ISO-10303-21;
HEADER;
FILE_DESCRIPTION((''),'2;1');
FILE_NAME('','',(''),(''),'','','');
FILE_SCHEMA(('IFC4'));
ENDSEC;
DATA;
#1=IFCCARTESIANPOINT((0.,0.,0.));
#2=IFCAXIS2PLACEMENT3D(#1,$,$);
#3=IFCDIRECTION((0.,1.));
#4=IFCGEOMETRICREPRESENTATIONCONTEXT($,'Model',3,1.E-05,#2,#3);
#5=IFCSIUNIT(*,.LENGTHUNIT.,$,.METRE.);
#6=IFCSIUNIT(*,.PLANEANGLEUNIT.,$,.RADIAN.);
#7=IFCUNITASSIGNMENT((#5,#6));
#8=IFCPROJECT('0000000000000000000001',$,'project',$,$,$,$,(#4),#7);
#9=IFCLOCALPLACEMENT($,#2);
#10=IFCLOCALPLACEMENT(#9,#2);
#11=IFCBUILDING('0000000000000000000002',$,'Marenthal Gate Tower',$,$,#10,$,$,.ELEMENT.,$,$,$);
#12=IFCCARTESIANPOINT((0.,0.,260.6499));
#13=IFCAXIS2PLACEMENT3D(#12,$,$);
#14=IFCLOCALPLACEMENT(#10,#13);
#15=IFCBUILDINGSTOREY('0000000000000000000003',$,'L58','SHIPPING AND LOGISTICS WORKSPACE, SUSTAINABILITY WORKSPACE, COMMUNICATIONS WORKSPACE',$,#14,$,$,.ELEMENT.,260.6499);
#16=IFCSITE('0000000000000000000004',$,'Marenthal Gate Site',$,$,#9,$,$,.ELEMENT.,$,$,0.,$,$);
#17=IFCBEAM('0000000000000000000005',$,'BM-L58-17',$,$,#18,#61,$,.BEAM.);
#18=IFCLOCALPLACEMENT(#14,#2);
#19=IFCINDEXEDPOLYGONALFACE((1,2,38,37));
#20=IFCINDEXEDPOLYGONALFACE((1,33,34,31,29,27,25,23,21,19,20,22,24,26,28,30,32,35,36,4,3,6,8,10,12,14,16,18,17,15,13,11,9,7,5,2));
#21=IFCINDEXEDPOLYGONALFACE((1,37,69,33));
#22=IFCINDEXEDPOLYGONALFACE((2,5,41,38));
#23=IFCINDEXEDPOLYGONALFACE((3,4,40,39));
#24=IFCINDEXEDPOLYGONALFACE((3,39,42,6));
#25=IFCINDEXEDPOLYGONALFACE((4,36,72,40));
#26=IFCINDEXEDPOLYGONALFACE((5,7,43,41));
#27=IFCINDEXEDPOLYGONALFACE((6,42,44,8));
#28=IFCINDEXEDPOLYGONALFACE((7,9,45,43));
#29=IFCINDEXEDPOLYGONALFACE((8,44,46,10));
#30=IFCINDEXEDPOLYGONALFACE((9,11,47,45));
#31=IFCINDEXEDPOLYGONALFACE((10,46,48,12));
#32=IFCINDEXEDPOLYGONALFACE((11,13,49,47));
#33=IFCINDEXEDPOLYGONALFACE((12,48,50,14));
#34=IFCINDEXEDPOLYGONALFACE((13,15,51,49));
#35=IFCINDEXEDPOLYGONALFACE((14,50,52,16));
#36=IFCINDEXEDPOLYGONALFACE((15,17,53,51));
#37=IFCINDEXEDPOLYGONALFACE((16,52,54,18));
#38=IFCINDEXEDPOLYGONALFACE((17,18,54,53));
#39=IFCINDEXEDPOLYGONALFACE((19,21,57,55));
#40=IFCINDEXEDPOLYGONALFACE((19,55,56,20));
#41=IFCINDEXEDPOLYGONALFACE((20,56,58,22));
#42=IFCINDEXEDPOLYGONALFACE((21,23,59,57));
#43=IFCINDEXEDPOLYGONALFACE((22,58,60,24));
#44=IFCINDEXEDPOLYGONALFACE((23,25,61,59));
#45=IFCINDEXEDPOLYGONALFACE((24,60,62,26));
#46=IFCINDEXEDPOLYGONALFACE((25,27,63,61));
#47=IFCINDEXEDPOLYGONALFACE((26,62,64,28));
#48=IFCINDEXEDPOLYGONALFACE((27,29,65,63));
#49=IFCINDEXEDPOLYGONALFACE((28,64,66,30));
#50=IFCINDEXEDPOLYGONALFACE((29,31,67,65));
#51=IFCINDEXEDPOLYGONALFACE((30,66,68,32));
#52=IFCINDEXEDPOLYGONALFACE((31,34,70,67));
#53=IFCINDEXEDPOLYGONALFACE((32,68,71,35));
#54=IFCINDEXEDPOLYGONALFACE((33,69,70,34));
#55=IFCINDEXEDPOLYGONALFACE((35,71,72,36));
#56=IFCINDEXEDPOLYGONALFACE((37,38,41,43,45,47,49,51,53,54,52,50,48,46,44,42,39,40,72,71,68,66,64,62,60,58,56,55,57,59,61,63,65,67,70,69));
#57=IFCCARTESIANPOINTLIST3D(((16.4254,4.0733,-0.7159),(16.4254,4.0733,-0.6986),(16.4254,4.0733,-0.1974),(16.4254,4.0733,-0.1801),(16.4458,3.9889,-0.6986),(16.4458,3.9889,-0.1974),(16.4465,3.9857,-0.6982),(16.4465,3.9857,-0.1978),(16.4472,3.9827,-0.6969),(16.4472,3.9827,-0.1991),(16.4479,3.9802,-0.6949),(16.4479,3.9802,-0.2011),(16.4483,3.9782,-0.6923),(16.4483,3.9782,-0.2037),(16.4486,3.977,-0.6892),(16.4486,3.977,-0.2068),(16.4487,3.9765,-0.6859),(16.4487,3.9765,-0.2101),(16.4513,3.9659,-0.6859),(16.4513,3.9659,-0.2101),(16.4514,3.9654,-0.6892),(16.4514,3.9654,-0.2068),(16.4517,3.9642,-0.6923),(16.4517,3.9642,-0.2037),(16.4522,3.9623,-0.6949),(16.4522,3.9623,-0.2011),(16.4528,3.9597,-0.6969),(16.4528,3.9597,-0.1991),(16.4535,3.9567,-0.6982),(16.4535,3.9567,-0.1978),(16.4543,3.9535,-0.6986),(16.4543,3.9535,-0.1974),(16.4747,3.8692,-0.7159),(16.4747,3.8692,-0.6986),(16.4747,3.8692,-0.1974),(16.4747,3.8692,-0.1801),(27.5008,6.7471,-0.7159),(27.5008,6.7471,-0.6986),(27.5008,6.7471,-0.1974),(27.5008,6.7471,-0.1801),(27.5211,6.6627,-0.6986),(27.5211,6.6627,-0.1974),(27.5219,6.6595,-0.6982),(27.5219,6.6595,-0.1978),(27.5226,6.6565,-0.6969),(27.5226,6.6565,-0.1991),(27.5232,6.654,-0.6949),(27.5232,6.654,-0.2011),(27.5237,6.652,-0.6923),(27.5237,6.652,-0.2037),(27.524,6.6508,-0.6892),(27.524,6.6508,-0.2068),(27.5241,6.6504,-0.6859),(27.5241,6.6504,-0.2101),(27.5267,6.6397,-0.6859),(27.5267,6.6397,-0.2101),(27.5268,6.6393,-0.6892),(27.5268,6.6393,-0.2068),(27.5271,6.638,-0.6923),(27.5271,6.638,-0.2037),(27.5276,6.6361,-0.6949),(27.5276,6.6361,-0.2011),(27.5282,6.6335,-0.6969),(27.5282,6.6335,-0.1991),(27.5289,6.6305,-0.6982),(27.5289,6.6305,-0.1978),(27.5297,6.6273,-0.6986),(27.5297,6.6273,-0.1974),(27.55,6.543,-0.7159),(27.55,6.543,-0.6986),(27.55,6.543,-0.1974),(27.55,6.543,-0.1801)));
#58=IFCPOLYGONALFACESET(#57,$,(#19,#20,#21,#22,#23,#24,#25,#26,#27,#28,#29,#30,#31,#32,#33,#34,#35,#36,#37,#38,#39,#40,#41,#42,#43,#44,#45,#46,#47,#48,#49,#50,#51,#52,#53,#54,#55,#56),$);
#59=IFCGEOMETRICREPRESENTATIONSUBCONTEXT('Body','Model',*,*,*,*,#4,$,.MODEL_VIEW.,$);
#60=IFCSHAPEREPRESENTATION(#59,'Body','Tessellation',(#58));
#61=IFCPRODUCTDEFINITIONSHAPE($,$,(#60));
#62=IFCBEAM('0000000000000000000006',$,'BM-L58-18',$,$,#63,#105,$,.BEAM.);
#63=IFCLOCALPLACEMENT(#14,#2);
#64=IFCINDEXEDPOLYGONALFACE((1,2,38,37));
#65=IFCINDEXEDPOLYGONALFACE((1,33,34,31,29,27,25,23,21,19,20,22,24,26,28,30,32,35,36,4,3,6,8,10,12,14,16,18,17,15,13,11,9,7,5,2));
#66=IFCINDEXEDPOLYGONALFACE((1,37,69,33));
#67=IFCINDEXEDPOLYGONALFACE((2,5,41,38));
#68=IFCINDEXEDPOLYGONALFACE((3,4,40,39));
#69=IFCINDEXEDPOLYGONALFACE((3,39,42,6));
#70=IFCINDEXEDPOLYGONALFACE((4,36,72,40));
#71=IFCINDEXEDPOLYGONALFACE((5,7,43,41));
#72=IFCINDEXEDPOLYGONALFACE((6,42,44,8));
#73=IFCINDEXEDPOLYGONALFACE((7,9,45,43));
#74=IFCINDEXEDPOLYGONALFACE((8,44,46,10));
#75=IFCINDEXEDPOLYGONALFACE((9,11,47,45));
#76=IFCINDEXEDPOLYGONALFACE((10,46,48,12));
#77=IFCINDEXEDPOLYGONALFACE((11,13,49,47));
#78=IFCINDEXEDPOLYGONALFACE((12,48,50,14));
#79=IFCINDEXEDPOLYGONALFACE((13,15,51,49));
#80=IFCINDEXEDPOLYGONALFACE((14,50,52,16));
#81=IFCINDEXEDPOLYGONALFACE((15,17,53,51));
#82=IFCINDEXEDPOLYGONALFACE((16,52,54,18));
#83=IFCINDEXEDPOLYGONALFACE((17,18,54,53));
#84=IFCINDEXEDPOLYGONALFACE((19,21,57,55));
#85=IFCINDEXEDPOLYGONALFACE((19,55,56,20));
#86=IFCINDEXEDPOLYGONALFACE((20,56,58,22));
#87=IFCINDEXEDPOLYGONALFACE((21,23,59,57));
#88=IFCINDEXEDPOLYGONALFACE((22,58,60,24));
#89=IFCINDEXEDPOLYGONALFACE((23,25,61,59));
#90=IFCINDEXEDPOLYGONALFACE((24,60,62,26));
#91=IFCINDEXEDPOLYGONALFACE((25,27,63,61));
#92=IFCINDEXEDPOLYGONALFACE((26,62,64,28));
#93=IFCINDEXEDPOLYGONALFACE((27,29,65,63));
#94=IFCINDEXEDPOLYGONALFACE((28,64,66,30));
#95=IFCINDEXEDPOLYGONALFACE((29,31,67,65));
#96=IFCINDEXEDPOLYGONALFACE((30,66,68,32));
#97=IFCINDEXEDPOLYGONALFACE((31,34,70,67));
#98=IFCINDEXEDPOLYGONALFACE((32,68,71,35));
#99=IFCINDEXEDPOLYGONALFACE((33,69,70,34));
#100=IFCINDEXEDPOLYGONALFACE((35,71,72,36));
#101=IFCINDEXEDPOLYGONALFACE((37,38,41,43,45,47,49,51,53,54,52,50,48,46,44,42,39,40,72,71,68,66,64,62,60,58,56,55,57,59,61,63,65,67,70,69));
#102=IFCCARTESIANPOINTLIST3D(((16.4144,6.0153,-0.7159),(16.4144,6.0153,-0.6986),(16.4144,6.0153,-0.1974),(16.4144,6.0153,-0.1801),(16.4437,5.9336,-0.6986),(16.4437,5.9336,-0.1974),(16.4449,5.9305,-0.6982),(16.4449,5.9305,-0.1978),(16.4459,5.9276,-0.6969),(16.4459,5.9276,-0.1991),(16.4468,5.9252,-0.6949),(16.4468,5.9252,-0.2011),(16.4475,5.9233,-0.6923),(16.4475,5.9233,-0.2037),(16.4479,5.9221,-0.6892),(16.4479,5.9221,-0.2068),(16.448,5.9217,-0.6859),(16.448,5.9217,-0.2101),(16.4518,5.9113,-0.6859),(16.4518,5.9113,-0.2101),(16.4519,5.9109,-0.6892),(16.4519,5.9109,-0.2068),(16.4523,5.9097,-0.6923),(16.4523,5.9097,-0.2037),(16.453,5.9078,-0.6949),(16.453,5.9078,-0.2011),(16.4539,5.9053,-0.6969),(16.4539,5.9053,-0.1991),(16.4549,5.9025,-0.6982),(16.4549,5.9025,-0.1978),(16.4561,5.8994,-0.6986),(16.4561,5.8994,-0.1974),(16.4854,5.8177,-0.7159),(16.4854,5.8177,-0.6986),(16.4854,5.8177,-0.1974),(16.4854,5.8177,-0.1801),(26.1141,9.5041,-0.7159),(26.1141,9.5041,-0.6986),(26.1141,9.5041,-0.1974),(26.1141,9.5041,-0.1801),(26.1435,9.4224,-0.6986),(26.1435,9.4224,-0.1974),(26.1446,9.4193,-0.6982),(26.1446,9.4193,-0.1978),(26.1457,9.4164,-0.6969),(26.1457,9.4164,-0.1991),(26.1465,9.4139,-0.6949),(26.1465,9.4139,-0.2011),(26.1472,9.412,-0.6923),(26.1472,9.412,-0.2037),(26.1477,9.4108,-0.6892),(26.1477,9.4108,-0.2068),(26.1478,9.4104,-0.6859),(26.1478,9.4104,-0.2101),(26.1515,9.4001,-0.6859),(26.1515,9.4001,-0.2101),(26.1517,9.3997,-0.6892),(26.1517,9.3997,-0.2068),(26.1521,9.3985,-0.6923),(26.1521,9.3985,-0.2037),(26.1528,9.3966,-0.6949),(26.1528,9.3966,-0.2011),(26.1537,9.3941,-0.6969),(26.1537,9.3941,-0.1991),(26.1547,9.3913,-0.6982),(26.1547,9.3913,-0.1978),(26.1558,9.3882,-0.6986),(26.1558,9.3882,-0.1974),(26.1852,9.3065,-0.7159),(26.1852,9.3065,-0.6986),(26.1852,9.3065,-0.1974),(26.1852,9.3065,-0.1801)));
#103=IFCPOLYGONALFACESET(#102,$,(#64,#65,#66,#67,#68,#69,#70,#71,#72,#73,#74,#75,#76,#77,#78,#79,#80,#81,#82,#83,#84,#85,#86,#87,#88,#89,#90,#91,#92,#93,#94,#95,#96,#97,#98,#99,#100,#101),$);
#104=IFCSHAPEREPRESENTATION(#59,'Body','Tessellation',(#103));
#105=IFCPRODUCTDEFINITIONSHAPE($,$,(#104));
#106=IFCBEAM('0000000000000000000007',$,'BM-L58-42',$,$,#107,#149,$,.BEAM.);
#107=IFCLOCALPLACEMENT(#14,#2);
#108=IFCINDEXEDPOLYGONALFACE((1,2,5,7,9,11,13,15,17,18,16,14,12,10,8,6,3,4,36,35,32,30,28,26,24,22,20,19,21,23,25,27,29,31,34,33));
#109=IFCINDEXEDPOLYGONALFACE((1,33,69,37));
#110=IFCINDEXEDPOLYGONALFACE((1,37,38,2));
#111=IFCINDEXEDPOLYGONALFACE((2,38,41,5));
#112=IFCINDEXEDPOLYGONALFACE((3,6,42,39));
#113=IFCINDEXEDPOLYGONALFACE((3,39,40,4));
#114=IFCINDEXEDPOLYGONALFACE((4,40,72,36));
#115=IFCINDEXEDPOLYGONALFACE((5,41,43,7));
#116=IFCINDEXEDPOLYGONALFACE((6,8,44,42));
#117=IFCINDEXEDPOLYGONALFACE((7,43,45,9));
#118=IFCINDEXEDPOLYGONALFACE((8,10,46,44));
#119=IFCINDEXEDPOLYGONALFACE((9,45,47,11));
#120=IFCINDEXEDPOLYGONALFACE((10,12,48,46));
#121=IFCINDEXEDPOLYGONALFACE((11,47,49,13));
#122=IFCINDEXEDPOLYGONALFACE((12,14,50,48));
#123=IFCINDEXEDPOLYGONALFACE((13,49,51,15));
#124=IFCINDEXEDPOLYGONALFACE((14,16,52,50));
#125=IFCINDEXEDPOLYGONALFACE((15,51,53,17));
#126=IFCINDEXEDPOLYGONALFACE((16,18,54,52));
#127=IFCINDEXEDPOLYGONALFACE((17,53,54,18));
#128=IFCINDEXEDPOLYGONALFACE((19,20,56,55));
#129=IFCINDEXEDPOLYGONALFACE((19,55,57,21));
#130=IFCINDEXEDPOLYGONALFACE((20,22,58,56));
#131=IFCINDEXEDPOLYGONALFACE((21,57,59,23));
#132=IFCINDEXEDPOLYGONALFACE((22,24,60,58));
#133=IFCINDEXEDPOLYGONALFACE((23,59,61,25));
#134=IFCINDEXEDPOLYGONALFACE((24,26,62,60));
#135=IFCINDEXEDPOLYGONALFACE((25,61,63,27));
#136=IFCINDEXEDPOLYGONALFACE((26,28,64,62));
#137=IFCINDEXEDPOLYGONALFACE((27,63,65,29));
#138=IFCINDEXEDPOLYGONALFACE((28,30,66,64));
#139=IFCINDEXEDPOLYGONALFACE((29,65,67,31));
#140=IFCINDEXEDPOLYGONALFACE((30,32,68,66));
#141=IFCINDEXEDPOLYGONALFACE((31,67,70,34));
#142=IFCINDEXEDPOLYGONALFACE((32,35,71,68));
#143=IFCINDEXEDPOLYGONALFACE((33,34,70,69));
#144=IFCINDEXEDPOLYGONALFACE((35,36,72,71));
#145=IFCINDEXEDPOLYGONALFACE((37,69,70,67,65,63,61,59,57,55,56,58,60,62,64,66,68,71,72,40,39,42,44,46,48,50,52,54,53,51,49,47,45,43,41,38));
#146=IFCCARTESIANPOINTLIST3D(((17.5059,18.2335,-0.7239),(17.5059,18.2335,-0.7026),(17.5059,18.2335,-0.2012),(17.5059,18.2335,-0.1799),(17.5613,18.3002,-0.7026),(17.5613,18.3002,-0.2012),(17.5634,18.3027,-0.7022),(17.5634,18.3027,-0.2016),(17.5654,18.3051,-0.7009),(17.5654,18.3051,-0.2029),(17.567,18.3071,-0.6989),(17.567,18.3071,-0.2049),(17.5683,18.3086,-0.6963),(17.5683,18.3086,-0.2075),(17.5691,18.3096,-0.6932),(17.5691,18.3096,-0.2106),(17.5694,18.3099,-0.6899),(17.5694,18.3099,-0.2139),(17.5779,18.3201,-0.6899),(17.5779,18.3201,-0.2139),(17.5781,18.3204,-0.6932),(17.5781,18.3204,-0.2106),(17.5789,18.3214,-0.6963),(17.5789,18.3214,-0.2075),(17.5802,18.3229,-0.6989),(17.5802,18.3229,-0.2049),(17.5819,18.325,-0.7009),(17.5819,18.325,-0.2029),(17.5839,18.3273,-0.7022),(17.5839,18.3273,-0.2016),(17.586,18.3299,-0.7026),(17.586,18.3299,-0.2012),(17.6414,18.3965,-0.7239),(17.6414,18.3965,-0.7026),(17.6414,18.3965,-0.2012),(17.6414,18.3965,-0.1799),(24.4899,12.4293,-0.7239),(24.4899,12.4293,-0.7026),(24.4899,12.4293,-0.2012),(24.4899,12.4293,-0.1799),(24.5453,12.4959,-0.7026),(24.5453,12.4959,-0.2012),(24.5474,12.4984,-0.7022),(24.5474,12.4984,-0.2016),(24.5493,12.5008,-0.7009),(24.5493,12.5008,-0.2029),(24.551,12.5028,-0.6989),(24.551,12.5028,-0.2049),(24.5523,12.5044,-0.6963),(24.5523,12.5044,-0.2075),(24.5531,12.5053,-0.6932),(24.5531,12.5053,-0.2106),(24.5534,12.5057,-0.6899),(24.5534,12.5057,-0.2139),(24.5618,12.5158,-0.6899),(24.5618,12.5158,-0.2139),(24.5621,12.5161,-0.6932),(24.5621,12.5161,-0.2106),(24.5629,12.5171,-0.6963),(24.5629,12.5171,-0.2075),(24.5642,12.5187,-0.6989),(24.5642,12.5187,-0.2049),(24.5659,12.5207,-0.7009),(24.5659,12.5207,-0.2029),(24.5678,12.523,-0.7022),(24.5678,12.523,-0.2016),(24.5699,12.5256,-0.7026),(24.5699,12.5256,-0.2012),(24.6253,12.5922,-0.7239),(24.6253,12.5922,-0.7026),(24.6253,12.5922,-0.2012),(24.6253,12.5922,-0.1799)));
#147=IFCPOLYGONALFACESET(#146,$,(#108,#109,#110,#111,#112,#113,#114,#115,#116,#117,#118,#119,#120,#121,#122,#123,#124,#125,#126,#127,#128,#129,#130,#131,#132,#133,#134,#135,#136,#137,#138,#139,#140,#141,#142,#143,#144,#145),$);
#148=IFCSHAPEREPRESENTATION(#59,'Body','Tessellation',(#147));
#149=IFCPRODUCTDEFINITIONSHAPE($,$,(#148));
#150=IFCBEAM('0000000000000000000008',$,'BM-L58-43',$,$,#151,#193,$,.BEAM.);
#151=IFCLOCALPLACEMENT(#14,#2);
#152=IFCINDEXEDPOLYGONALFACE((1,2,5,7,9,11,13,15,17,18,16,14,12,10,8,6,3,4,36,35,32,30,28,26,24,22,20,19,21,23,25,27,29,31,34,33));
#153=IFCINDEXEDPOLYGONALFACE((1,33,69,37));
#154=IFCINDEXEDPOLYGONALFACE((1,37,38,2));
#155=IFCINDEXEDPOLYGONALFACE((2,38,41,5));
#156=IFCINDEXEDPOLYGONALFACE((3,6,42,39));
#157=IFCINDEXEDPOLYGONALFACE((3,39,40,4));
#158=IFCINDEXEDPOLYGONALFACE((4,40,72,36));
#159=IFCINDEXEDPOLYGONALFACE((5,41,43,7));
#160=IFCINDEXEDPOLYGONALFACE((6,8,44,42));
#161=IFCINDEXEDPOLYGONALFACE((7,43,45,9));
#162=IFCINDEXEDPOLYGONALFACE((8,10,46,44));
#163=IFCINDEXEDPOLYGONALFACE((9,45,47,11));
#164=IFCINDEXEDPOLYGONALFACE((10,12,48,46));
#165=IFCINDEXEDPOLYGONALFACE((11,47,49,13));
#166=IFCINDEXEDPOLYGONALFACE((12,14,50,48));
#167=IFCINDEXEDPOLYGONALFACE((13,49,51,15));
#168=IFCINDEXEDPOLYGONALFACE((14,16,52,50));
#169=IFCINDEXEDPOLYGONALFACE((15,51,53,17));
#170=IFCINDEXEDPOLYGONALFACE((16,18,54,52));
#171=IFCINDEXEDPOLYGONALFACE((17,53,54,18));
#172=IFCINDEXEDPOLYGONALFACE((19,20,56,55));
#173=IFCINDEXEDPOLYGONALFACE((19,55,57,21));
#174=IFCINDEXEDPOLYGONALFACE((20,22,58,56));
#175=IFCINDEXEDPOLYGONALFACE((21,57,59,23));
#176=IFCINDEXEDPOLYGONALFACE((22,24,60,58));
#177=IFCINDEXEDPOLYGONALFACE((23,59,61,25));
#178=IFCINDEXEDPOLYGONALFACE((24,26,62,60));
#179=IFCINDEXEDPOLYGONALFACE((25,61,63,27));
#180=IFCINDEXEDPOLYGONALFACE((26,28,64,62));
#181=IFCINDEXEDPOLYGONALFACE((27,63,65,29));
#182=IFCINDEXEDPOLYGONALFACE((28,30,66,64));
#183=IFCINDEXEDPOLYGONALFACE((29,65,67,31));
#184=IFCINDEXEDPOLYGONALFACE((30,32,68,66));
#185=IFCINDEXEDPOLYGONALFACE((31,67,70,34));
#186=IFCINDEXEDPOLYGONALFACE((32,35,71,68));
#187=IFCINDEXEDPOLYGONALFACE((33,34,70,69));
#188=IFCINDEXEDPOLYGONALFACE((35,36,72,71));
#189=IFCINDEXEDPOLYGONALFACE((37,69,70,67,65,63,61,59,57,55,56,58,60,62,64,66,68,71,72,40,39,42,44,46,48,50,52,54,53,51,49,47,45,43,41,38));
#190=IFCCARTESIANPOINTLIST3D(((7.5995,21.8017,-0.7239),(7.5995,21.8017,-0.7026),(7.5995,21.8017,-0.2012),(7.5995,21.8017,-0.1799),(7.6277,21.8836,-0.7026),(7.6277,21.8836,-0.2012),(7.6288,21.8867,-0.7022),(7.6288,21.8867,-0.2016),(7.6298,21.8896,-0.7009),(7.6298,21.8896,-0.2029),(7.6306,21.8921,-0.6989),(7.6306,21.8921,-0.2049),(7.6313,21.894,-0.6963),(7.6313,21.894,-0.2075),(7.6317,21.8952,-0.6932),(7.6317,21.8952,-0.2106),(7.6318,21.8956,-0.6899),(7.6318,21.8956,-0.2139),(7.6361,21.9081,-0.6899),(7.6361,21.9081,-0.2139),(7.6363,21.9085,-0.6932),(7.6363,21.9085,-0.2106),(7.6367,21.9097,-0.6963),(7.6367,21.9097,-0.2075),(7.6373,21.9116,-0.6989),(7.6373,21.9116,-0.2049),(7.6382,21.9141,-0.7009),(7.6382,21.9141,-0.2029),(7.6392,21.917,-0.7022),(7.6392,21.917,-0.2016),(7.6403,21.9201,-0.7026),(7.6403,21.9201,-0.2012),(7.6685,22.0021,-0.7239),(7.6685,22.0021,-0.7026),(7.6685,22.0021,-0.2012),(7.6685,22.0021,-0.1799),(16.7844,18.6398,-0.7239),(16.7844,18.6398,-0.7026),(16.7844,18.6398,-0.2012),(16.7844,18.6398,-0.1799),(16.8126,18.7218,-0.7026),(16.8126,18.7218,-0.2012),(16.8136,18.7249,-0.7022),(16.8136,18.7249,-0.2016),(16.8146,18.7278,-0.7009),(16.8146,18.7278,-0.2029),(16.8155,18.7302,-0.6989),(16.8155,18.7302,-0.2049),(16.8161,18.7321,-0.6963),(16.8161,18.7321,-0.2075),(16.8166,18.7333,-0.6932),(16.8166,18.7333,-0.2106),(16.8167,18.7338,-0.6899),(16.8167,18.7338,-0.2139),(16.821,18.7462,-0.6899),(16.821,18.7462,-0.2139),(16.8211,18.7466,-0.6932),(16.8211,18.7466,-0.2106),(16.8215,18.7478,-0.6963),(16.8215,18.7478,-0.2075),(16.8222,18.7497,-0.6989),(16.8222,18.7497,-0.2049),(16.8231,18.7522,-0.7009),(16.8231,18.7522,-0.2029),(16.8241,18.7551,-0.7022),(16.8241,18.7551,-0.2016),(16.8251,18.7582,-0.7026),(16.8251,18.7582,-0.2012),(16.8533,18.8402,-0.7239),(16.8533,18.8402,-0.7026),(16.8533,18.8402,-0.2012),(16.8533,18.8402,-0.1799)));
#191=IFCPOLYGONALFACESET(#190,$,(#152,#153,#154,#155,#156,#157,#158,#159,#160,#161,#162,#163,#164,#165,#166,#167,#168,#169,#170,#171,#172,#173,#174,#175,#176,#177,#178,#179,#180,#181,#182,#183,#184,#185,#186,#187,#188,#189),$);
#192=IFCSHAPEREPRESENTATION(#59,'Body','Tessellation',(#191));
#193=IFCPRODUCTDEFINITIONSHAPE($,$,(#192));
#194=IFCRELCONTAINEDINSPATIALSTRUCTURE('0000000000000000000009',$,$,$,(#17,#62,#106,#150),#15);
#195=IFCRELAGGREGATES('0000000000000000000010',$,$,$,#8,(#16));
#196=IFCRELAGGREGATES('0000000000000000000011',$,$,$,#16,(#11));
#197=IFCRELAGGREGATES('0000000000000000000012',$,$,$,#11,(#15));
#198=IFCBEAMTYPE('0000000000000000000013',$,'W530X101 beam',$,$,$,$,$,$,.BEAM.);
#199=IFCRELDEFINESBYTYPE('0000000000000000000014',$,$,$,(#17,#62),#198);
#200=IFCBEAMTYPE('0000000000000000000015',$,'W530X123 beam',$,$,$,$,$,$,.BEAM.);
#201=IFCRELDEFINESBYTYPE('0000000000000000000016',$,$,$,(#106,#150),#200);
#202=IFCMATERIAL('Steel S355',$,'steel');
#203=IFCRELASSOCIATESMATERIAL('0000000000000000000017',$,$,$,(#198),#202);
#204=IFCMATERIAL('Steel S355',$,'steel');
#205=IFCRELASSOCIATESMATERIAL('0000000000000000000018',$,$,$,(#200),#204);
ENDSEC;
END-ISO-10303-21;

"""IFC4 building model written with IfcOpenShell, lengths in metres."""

from ifc_helpers import new_model, si_unit, direction, frame, origin, origin_2d, place, context, subcontext, project, spatial, i_section, extrude, material, material_profile, profile_set, type_object, element, save


model = new_model("IFC4")

# Units and contexts
model_context = context("Model", 3, precision=1e-05, world=origin(), true_north=direction((0.0, 1.0)))
body_context = subcontext(model_context, "Body", "Model", "MODEL_VIEW")
ifc_project = project(units=[si_unit("LENGTHUNIT", "METRE"), si_unit("PLANEANGLEUNIT", "RADIAN")], contexts=[model_context])

# Site, building, storey
site_placement = place(None, origin())
site = spatial("IfcSite", under=ifc_project, at=site_placement, Name="Marenthal Gate Site", CompositionType="ELEMENT", RefElevation=0.0)
building_placement = place(site_placement, origin())
building = spatial("IfcBuilding", under=site, at=building_placement, Name="Marenthal Gate Tower", CompositionType="ELEMENT")
storey_placement = place(building_placement, frame((0.0, 0.0, 260.6499)))
storey = spatial("IfcBuildingStorey", under=building, at=storey_placement, Name="L58", Description="SHIPPING AND LOGISTICS WORKSPACE, SUSTAINABILITY WORKSPACE, COMMUNICATIONS WORKSPACE", CompositionType="ELEMENT", Elevation=260.6499)

# Beams
ifc_material_1 = material(Name="Steel S355", Category="steel")
ifc_material_profile_1 = material_profile(ifc_material_1, i_section(OverallWidth=0.21, OverallDepth=0.5359, WebThickness=0.011, FlangeThickness=0.0173, FilletRadius=0.0127, at=origin_2d()), Name="W530X101")
ifc_profile_set_1 = profile_set([ifc_material_profile_1], Name="Steel S355")
beam_type_1 = type_object("IfcBeamType", Name="W530X101 beam", PredefinedType="BEAM", material=ifc_profile_set_1)
beam_1_placement = place(storey_placement, frame((27.5254, 6.645, -0.448), z_axis=(-0.972073, -0.234678, 0.0), x_axis=(0.234678, -0.972073, 0.0)))
element("IfcBeam", 1, at=beam_1_placement, inside=storey, type_object=beam_type_1, Name="BM-L58-17", PredefinedType="BEAM", context=body_context, shape_type="SweptSolid", body=[
    extrude(i_section(OverallWidth=0.21, OverallDepth=0.5359, WebThickness=0.011, FlangeThickness=0.0173, FilletRadius=0.0127, at=origin_2d()), origin(), (0.0, 0.0, 1.0), 11.3936),
])
beam_2_placement = place(storey_placement, frame((26.1497, 9.4053, -0.448), z_axis=(-0.940984, -0.338451, 0.0), x_axis=(0.338451, -0.940984, 0.0)))
element("IfcBeam", 2, at=beam_2_placement, inside=storey, type_object=beam_type_1, Name="BM-L58-18", PredefinedType="BEAM", context=body_context, shape_type="SweptSolid", body=[
    extrude(i_section(OverallWidth=0.21, OverallDepth=0.5359, WebThickness=0.011, FlangeThickness=0.0173, FilletRadius=0.0127, at=origin_2d()), origin(), (0.0, 0.0, 1.0), 10.3081),
])
ifc_material_2 = material(Name="Steel S355", Category="steel")
ifc_material_profile_2 = material_profile(ifc_material_2, i_section(OverallWidth=0.2119, OverallDepth=0.5439, WebThickness=0.0132, FlangeThickness=0.0212, FilletRadius=0.0127, at=origin_2d()), Name="W530X123")
ifc_profile_set_2 = profile_set([ifc_material_profile_2], Name="Steel S355")
beam_type_2 = type_object("IfcBeamType", Name="W530X123 beam", PredefinedType="BEAM", material=ifc_profile_set_2)
beam_3_placement = place(storey_placement, frame((24.5576, 12.5107, -0.4519), z_axis=(-0.769071, 0.639163, 0.0), x_axis=(-0.639163, -0.769071, 0.0)))
element("IfcBeam", 3, at=beam_3_placement, inside=storey, type_object=beam_type_2, Name="BM-L58-42", PredefinedType="BEAM", context=body_context, shape_type="SweptSolid", body=[
    extrude(i_section(OverallWidth=0.2119, OverallDepth=0.5439, WebThickness=0.0132, FlangeThickness=0.0212, FilletRadius=0.0127, at=origin_2d()), origin(), (0.0, 0.0, 1.0), 9.0811),
])
beam_4_placement = place(storey_placement, frame((16.8188, 18.74, -0.4519), z_axis=(-0.945541, 0.325502, 0.0), x_axis=(-0.325502, -0.945541, 0.0)))
element("IfcBeam", 4, at=beam_4_placement, inside=storey, type_object=beam_type_2, Name="BM-L58-43", PredefinedType="BEAM", context=body_context, shape_type="SweptSolid", body=[
    extrude(i_section(OverallWidth=0.2119, OverallDepth=0.5439, WebThickness=0.0132, FlangeThickness=0.0212, FilletRadius=0.0127, at=origin_2d()), origin(), (0.0, 0.0, 1.0), 9.7139),
])

save(model, "model.ifc")
